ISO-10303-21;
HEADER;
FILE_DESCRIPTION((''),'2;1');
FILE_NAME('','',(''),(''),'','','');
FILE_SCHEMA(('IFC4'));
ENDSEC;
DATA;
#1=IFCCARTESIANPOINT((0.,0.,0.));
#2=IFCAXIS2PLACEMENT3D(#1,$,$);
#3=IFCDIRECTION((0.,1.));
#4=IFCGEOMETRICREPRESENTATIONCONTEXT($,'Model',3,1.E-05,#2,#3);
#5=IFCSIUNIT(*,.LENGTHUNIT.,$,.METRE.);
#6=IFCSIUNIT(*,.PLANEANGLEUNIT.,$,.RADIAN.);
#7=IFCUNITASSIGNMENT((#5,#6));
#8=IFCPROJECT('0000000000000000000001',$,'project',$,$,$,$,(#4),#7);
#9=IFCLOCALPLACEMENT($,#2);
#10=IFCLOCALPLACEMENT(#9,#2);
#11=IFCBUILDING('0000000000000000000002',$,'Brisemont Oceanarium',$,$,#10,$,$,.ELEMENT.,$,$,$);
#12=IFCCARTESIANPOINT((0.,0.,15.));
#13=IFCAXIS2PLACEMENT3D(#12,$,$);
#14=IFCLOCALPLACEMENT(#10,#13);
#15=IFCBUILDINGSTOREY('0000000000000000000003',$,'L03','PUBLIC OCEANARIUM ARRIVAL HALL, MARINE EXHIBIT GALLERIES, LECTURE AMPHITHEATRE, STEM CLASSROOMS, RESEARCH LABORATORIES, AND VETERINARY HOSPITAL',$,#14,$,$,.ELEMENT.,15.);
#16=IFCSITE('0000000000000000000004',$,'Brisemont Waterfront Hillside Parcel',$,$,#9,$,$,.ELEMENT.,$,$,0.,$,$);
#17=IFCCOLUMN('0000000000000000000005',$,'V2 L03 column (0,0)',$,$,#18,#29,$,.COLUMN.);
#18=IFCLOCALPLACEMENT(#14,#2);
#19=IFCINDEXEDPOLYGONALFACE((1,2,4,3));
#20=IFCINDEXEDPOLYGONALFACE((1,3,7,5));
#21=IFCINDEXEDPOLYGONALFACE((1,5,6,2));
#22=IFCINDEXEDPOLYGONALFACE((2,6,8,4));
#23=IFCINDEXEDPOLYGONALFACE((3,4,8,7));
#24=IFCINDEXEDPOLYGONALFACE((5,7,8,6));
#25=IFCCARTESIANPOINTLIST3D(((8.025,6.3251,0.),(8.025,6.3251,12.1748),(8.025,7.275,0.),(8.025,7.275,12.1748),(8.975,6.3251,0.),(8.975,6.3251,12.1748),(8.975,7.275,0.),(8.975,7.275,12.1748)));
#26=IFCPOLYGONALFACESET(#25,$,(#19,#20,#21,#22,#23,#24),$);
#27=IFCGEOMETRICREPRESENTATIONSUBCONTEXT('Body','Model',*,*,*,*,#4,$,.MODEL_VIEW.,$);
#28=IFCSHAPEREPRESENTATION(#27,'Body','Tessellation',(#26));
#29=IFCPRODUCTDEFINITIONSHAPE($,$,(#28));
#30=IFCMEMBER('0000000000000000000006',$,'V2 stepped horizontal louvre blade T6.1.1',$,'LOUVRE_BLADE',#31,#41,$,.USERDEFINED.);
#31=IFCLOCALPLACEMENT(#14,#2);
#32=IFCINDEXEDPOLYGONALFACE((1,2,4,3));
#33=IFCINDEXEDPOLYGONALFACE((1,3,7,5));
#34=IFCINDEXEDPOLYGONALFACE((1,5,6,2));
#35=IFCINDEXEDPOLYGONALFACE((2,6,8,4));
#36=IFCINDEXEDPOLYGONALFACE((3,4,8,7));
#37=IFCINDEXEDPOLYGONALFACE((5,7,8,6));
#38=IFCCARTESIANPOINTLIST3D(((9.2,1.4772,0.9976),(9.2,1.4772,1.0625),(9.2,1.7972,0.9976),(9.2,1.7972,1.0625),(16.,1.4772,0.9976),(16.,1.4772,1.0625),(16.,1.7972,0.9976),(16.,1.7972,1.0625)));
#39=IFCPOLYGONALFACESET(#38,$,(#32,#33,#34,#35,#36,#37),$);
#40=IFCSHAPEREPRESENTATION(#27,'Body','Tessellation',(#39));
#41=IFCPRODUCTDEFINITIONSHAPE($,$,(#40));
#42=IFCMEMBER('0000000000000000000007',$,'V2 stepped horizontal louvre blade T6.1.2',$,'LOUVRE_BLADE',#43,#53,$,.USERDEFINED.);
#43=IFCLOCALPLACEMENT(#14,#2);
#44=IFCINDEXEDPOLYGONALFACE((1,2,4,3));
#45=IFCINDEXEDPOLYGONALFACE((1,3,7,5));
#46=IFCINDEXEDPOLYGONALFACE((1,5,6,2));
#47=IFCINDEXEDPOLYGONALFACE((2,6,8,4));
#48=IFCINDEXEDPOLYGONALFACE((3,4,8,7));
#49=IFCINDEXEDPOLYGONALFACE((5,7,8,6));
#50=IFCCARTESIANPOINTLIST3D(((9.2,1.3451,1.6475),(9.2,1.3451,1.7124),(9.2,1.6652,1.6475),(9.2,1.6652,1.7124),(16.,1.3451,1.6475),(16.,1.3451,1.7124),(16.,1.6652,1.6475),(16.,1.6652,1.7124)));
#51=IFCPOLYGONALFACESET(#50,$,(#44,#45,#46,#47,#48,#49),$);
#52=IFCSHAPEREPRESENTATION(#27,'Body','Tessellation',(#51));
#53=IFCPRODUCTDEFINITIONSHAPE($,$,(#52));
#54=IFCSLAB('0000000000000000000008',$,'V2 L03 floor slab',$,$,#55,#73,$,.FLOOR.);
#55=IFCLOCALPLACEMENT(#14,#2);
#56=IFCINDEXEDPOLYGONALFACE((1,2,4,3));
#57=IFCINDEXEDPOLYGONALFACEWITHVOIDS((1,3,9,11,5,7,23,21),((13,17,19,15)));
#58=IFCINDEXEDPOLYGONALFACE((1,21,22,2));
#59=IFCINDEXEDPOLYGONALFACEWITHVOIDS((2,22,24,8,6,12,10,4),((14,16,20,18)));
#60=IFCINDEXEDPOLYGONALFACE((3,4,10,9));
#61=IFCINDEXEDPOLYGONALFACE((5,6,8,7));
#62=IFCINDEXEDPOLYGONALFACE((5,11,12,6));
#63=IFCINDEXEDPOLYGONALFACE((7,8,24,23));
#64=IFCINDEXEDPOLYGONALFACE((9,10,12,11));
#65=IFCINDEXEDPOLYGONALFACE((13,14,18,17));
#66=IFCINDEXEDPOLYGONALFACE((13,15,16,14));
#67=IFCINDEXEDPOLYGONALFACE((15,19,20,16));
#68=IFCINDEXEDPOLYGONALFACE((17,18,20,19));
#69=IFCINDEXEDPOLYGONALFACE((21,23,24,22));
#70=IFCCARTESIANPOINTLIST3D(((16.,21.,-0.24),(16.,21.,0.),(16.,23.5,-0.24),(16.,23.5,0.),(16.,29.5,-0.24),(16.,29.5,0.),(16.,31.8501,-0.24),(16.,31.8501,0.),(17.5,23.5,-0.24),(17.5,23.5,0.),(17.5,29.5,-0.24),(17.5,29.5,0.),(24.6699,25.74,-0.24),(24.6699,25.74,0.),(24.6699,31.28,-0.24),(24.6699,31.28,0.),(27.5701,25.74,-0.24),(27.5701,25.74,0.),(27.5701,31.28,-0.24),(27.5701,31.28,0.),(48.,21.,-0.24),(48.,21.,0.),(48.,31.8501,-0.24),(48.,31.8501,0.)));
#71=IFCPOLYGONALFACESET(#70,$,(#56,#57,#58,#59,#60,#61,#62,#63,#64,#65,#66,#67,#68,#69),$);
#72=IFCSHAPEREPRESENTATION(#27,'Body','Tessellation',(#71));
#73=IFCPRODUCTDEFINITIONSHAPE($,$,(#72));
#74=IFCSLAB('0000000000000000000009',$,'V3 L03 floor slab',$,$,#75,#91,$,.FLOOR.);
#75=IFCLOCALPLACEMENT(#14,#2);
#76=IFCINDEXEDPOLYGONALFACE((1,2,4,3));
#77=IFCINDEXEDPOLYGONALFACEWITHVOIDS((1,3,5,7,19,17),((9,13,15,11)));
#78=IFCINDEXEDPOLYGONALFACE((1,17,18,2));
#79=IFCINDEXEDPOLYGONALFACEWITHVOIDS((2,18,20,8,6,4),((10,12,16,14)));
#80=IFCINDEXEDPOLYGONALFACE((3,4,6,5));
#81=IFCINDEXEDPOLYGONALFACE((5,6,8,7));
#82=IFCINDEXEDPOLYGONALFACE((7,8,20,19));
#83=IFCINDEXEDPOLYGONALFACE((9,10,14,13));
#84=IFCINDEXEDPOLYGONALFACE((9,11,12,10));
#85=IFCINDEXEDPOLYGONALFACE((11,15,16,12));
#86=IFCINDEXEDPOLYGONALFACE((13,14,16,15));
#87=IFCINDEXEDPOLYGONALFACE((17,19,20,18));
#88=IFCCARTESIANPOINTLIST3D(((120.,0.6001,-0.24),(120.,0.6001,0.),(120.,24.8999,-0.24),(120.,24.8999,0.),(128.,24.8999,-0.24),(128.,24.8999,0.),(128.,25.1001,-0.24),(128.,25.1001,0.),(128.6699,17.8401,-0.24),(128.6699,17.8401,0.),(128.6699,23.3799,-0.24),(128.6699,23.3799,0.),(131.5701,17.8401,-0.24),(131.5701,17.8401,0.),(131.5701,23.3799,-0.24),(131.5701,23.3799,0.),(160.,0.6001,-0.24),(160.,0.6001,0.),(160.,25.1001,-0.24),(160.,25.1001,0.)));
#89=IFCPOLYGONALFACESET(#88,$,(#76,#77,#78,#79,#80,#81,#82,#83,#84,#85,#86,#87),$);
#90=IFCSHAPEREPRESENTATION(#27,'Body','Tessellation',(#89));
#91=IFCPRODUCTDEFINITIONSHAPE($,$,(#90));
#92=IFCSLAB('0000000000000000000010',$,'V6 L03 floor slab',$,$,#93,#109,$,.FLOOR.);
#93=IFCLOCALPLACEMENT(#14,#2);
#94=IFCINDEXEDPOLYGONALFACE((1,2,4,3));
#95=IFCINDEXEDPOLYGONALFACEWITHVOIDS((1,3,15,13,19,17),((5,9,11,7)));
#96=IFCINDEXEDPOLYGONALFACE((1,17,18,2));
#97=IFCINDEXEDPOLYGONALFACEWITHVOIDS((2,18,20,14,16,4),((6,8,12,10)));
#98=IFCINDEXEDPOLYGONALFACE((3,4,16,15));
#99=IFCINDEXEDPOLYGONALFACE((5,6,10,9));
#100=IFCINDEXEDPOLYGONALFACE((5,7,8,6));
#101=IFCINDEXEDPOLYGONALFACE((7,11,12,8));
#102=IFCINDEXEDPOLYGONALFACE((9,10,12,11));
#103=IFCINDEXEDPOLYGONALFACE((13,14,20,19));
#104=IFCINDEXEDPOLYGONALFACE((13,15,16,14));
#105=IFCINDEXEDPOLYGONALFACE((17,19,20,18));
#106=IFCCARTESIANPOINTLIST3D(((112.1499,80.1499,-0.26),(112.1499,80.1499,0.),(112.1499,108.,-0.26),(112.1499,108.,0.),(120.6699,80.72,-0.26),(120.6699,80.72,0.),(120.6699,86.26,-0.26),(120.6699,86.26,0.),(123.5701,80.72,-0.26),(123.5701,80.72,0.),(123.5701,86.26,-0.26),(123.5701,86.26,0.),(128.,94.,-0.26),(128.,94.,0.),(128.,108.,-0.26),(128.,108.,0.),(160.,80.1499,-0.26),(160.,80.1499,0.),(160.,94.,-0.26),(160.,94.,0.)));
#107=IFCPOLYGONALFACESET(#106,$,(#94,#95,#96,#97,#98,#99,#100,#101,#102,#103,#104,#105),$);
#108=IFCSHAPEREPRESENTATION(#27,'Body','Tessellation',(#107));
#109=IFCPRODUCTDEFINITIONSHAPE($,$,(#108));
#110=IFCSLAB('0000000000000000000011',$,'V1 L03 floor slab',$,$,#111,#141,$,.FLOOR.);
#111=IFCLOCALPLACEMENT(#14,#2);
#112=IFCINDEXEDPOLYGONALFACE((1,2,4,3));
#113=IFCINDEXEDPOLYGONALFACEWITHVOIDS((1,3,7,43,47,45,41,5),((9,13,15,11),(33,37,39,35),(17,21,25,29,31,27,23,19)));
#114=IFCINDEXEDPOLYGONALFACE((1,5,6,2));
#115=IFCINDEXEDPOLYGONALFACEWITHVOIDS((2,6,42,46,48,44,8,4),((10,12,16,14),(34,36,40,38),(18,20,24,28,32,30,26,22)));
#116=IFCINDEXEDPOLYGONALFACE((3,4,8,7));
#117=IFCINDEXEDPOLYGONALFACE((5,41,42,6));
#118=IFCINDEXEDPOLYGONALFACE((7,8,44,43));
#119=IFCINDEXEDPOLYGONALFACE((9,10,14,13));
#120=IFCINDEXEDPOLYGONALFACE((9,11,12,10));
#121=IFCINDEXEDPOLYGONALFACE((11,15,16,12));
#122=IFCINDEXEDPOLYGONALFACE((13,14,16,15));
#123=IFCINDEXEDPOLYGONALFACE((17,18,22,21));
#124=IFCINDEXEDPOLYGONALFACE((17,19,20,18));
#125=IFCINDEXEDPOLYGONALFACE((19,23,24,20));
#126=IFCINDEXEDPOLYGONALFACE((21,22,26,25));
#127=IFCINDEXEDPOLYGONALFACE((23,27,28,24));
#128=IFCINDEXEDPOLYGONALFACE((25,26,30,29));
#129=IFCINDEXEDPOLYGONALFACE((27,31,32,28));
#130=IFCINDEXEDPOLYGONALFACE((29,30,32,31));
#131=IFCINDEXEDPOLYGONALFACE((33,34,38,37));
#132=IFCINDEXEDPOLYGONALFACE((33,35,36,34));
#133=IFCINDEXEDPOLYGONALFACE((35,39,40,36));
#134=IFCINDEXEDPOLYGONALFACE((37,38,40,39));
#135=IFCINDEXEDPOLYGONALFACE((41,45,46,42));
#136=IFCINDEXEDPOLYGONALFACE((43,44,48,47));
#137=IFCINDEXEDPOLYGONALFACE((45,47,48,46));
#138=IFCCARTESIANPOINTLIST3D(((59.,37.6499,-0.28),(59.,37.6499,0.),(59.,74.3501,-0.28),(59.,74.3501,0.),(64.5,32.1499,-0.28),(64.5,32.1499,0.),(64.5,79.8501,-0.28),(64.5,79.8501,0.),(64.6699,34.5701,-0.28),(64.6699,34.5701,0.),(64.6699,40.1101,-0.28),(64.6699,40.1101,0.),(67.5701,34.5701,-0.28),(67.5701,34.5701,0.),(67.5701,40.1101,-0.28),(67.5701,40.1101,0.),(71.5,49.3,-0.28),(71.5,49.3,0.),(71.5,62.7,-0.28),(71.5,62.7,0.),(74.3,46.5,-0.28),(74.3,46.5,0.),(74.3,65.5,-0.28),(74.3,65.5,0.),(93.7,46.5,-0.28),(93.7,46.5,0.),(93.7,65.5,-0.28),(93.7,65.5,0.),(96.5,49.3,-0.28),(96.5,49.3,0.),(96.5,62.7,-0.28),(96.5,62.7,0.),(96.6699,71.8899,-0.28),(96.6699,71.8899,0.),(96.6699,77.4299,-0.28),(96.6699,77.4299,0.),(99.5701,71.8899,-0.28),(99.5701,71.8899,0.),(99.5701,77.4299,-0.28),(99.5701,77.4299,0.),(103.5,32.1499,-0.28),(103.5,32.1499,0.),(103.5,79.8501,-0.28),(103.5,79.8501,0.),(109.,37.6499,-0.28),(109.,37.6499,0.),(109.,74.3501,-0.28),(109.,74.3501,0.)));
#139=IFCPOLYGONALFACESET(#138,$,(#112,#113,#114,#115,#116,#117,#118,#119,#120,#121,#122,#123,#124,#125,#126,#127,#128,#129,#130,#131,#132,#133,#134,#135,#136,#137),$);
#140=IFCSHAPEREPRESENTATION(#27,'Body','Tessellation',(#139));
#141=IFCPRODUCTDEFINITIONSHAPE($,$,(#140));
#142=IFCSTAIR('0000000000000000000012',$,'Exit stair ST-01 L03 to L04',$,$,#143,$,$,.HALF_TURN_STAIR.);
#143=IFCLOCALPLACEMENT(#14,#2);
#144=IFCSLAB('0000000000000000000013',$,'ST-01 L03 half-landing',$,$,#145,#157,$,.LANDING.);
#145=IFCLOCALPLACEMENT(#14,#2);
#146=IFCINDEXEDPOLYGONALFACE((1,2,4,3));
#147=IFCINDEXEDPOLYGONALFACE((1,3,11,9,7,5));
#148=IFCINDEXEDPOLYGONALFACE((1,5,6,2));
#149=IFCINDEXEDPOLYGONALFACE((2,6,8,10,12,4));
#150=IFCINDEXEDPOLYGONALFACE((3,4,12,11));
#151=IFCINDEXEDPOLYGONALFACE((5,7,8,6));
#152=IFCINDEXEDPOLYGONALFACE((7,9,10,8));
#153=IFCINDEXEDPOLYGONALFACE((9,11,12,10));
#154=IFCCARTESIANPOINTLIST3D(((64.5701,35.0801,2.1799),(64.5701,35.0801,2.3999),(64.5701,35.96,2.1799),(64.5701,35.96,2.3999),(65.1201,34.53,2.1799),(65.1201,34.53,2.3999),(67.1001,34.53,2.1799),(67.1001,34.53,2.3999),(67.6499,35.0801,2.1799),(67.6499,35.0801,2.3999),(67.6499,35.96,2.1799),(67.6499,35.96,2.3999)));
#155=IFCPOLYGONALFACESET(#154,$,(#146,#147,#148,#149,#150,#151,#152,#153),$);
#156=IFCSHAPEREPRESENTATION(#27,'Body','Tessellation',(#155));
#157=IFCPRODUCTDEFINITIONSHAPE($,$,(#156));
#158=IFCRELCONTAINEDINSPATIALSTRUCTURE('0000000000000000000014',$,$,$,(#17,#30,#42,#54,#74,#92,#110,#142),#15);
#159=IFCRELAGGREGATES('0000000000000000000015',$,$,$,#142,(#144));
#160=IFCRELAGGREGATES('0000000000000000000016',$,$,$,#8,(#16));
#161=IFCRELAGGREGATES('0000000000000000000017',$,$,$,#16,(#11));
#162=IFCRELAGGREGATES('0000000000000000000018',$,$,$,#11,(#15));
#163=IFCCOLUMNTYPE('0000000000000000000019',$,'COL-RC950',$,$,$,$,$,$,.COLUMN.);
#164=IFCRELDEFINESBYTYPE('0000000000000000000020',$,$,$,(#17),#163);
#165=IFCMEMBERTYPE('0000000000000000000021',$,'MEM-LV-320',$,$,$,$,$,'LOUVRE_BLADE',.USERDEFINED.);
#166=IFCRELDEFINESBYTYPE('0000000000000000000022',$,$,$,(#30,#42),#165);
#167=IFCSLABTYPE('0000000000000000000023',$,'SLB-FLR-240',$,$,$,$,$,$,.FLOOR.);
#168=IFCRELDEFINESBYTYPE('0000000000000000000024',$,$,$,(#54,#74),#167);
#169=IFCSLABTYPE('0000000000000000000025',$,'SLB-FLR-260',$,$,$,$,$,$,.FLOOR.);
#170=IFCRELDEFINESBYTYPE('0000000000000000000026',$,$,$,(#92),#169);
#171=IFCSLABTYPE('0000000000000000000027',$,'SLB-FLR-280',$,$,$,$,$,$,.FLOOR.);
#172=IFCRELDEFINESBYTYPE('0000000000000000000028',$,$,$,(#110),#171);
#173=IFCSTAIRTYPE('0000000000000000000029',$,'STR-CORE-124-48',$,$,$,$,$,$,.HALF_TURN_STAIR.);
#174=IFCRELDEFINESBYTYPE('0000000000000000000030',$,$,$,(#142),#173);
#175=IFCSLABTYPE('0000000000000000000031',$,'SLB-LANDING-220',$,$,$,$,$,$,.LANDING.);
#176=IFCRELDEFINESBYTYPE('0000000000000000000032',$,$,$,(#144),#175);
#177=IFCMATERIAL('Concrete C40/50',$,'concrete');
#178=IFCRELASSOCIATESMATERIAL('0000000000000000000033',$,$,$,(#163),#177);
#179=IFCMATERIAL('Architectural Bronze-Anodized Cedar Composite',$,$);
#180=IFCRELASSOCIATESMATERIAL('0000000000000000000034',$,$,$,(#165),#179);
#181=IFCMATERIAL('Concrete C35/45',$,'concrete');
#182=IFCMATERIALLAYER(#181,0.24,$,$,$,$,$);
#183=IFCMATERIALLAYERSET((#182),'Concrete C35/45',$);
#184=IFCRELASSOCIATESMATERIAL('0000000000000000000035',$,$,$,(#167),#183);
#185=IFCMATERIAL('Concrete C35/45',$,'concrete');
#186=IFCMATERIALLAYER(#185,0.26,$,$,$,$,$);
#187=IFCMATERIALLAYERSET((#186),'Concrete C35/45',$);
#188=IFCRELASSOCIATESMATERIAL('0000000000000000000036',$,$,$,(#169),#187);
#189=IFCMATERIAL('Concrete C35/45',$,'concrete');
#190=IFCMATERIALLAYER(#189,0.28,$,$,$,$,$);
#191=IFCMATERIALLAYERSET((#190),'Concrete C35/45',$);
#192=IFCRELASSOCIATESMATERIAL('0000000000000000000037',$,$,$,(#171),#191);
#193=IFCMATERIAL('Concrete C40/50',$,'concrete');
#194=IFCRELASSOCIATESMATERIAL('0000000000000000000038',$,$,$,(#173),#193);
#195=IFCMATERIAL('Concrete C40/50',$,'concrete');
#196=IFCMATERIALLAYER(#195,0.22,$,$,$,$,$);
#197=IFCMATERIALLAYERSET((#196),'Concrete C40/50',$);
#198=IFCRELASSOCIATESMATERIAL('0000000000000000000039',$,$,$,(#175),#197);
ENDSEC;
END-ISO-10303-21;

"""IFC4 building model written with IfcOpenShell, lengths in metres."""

from ifc_helpers import new_model, si_unit, direction, frame, origin, origin_2d, place, context, subcontext, project, spatial, polyline, rectangle, outline, extrude, material, layer, layer_set, material_profile, profile_set, type_object, element, aggregate, save


model = new_model("IFC4")

# Units and contexts
model_context = context("Model", 3, precision=1e-05, world=origin(), true_north=direction((0.0, 1.0)))
body_context = subcontext(model_context, "Body", "Model", "MODEL_VIEW")
ifc_project = project(units=[si_unit("LENGTHUNIT", "METRE"), si_unit("PLANEANGLEUNIT", "RADIAN")], contexts=[model_context])

# Site, building, storey
site_placement = place(None, origin())
site = spatial("IfcSite", under=ifc_project, at=site_placement, Name="Brisemont Waterfront Hillside Parcel", CompositionType="ELEMENT", RefElevation=0.0)
building_placement = place(site_placement, origin())
building = spatial("IfcBuilding", under=site, at=building_placement, Name="Brisemont Oceanarium", CompositionType="ELEMENT")
storey_placement = place(building_placement, frame((0.0, 0.0, 15.0)))
storey = spatial("IfcBuildingStorey", under=building, at=storey_placement, Name="L03", Description="PUBLIC OCEANARIUM ARRIVAL HALL, MARINE EXHIBIT GALLERIES, LECTURE AMPHITHEATRE, STEM CLASSROOMS, RESEARCH LABORATORIES, AND VETERINARY HOSPITAL", CompositionType="ELEMENT", Elevation=15.0)

# Column
ifc_material_1 = material(Name="Concrete C40/50", Category="concrete")
ifc_material_profile_1 = material_profile(ifc_material_1, rectangle(XDim=0.95, YDim=0.95, at=origin_2d()), Name="RC-COL-950X950")
ifc_profile_set_1 = profile_set([ifc_material_profile_1], Name="Concrete C40/50")
column_type = type_object("IfcColumnType", Name="COL-RC950", PredefinedType="COLUMN", material=ifc_profile_set_1)
column_placement = place(storey_placement, frame((8.5, 6.8, 0.0), z_axis=(0.0, 0.0, 1.0), x_axis=(1.0, 0.0, 0.0)))
element("IfcColumn", 1, at=column_placement, inside=storey, type_object=column_type, Name="V2 L03 column (0,0)", PredefinedType="COLUMN", context=body_context, shape_type="SweptSolid", body=[
    extrude(rectangle(XDim=0.95, YDim=0.95, at=origin_2d()), origin(), (0.0, 0.0, 1.0), 12.1748),
])

# Members
ifc_material_2 = material(Name="Architectural Bronze-Anodized Cedar Composite")
ifc_material_profile_2 = material_profile(ifc_material_2, rectangle(XDim=0.3201, YDim=0.0649, at=origin_2d()), Name="LOUVRE-320X65")
ifc_profile_set_2 = profile_set([ifc_material_profile_2], Name="Architectural Bronze-Anodized Cedar Composite")
member_type = type_object("IfcMemberType", Name="MEM-LV-320", ElementType="LOUVRE_BLADE", PredefinedType="USERDEFINED", material=ifc_profile_set_2)
for number, where, z_axis, x_axis, name in (
    (2, (9.2, 1.6372, 1.03), (1.0, 0.0, 0.0), (0.0, 1.0, 0.0), "V2 stepped horizontal louvre blade T6.1.1"),
    (3, (9.2, 1.5051, 1.6799), (1.0, 0.0, 0.0), (0.0, 1.0, 0.0), "V2 stepped horizontal louvre blade T6.1.2"),
):
    element("IfcMember", number, at=place(storey_placement, frame(where, z_axis=z_axis, x_axis=x_axis)), inside=storey, type_object=member_type, Name=name, ObjectType="LOUVRE_BLADE", PredefinedType="USERDEFINED", context=body_context, shape_type="SweptSolid", body=[
        extrude(rectangle(XDim=0.3201, YDim=0.0649, at=origin_2d()), origin(), (0.0, 0.0, 1.0), 6.8),
    ])

# Slabs
ifc_material_3 = material(Name="Concrete C35/45", Category="concrete")
ifc_layer_1 = layer(ifc_material_3, 0.24)
ifc_layer_set_1 = layer_set([ifc_layer_1], Name="Concrete C35/45")
slab_type_1 = type_object("IfcSlabType", Name="SLB-FLR-240", PredefinedType="FLOOR", material=ifc_layer_set_1)
slab_1_placement = place(storey_placement, frame((0.0, 0.0, -0.24)))
element("IfcSlab", 4, at=slab_1_placement, inside=storey, type_object=slab_type_1, Name="V2 L03 floor slab", PredefinedType="FLOOR", context=body_context, shape_type="SweptSolid", body=[
    extrude(outline(polyline([(16.0, 21.0), (48.0, 21.0), (48.0, 31.8501), (16.0, 31.8501), (16.0, 29.5), (17.5, 29.5), (17.5, 23.5), (16.0, 23.5), (16.0, 21.0)]), holes=[polyline([(24.6699, 25.74), (27.5701, 25.74), (27.5701, 31.28), (24.6699, 31.28), (24.6699, 25.74)])]), origin(), (0.0, 0.0, 1.0), 0.24),
])
slab_2_placement = place(storey_placement, frame((0.0, 0.0, -0.24)))
element("IfcSlab", 5, at=slab_2_placement, inside=storey, type_object=slab_type_1, Name="V3 L03 floor slab", PredefinedType="FLOOR", context=body_context, shape_type="SweptSolid", body=[
    extrude(outline(polyline([(120.0, 0.6001), (160.0, 0.6001), (160.0, 25.1001), (128.0, 25.1001), (128.0, 24.8999), (120.0, 24.8999), (120.0, 0.6001)]), holes=[polyline([(128.6699, 17.8401), (131.5701, 17.8401), (131.5701, 23.3799), (128.6699, 23.3799), (128.6699, 17.8401)])]), origin(), (0.0, 0.0, 1.0), 0.24),
])
ifc_material_4 = material(Name="Concrete C35/45", Category="concrete")
ifc_layer_2 = layer(ifc_material_4, 0.26)
ifc_layer_set_2 = layer_set([ifc_layer_2], Name="Concrete C35/45")
slab_type_2 = type_object("IfcSlabType", Name="SLB-FLR-260", PredefinedType="FLOOR", material=ifc_layer_set_2)
slab_3_placement = place(storey_placement, frame((0.0, 0.0, -0.26)))
element("IfcSlab", 6, at=slab_3_placement, inside=storey, type_object=slab_type_2, Name="V6 L03 floor slab", PredefinedType="FLOOR", context=body_context, shape_type="SweptSolid", body=[
    extrude(outline(polyline([(112.1499, 80.1499), (160.0, 80.1499), (160.0, 94.0), (128.0, 94.0), (128.0, 108.0), (112.1499, 108.0), (112.1499, 80.1499)]), holes=[polyline([(120.6699, 80.72), (123.5701, 80.72), (123.5701, 86.26), (120.6699, 86.26), (120.6699, 80.72)])]), origin(), (0.0, 0.0, 1.0), 0.26),
])
ifc_material_5 = material(Name="Concrete C35/45", Category="concrete")
ifc_layer_3 = layer(ifc_material_5, 0.28)
ifc_layer_set_3 = layer_set([ifc_layer_3], Name="Concrete C35/45")
slab_type_3 = type_object("IfcSlabType", Name="SLB-FLR-280", PredefinedType="FLOOR", material=ifc_layer_set_3)
slab_4_placement = place(storey_placement, frame((0.0, 0.0, -0.28)))
element("IfcSlab", 7, at=slab_4_placement, inside=storey, type_object=slab_type_3, Name="V1 L03 floor slab", PredefinedType="FLOOR", context=body_context, shape_type="SweptSolid", body=[
    extrude(outline(polyline([(64.5, 32.1499), (103.5, 32.1499), (109.0, 37.6499), (109.0, 74.3501), (103.5, 79.8501), (64.5, 79.8501), (59.0, 74.3501), (59.0, 37.6499), (64.5, 32.1499)]), holes=[polyline([(74.3, 46.5), (93.7, 46.5), (96.5, 49.3), (96.5, 62.7), (93.7, 65.5), (74.3, 65.5), (71.5, 62.7), (71.5, 49.3), (74.3, 46.5)]), polyline([(64.6699, 34.5701), (67.5701, 34.5701), (67.5701, 40.1101), (64.6699, 40.1101), (64.6699, 34.5701)]), polyline([(96.6699, 71.8899), (99.5701, 71.8899), (99.5701, 77.4299), (96.6699, 77.4299), (96.6699, 71.8899)])]), origin(), (0.0, 0.0, 1.0), 0.28),
])

# Stair, slab
ifc_material_6 = material(Name="Concrete C40/50", Category="concrete")
stair_type = type_object("IfcStairType", Name="STR-CORE-124-48", PredefinedType="HALF_TURN_STAIR", material=ifc_material_6)
stair_placement = place(storey_placement, origin())
stair = element("IfcStair", 8, at=stair_placement, inside=storey, type_object=stair_type, Name="Exit stair ST-01 L03 to L04", PredefinedType="HALF_TURN_STAIR")
ifc_material_7 = material(Name="Concrete C40/50", Category="concrete")
ifc_layer_4 = layer(ifc_material_7, 0.22)
ifc_layer_set_4 = layer_set([ifc_layer_4], Name="Concrete C40/50")
slab_type_4 = type_object("IfcSlabType", Name="SLB-LANDING-220", PredefinedType="LANDING", material=ifc_layer_set_4)
slab_5_placement = place(storey_placement, frame((0.0, 0.0, 2.1799)))
slab_5 = element("IfcSlab", 9, at=slab_5_placement, type_object=slab_type_4, Name="ST-01 L03 half-landing", PredefinedType="LANDING", context=body_context, shape_type="SweptSolid", body=[
    extrude(outline(polyline([(65.1201, 34.53), (67.1001, 34.53), (67.6499, 35.0801), (67.6499, 35.96), (64.5701, 35.96), (64.5701, 35.0801), (65.1201, 34.53)])), origin(), (0.0, 0.0, 1.0), 0.22),
])
aggregate(stair, [slab_5])

save(model, "model.ifc")
